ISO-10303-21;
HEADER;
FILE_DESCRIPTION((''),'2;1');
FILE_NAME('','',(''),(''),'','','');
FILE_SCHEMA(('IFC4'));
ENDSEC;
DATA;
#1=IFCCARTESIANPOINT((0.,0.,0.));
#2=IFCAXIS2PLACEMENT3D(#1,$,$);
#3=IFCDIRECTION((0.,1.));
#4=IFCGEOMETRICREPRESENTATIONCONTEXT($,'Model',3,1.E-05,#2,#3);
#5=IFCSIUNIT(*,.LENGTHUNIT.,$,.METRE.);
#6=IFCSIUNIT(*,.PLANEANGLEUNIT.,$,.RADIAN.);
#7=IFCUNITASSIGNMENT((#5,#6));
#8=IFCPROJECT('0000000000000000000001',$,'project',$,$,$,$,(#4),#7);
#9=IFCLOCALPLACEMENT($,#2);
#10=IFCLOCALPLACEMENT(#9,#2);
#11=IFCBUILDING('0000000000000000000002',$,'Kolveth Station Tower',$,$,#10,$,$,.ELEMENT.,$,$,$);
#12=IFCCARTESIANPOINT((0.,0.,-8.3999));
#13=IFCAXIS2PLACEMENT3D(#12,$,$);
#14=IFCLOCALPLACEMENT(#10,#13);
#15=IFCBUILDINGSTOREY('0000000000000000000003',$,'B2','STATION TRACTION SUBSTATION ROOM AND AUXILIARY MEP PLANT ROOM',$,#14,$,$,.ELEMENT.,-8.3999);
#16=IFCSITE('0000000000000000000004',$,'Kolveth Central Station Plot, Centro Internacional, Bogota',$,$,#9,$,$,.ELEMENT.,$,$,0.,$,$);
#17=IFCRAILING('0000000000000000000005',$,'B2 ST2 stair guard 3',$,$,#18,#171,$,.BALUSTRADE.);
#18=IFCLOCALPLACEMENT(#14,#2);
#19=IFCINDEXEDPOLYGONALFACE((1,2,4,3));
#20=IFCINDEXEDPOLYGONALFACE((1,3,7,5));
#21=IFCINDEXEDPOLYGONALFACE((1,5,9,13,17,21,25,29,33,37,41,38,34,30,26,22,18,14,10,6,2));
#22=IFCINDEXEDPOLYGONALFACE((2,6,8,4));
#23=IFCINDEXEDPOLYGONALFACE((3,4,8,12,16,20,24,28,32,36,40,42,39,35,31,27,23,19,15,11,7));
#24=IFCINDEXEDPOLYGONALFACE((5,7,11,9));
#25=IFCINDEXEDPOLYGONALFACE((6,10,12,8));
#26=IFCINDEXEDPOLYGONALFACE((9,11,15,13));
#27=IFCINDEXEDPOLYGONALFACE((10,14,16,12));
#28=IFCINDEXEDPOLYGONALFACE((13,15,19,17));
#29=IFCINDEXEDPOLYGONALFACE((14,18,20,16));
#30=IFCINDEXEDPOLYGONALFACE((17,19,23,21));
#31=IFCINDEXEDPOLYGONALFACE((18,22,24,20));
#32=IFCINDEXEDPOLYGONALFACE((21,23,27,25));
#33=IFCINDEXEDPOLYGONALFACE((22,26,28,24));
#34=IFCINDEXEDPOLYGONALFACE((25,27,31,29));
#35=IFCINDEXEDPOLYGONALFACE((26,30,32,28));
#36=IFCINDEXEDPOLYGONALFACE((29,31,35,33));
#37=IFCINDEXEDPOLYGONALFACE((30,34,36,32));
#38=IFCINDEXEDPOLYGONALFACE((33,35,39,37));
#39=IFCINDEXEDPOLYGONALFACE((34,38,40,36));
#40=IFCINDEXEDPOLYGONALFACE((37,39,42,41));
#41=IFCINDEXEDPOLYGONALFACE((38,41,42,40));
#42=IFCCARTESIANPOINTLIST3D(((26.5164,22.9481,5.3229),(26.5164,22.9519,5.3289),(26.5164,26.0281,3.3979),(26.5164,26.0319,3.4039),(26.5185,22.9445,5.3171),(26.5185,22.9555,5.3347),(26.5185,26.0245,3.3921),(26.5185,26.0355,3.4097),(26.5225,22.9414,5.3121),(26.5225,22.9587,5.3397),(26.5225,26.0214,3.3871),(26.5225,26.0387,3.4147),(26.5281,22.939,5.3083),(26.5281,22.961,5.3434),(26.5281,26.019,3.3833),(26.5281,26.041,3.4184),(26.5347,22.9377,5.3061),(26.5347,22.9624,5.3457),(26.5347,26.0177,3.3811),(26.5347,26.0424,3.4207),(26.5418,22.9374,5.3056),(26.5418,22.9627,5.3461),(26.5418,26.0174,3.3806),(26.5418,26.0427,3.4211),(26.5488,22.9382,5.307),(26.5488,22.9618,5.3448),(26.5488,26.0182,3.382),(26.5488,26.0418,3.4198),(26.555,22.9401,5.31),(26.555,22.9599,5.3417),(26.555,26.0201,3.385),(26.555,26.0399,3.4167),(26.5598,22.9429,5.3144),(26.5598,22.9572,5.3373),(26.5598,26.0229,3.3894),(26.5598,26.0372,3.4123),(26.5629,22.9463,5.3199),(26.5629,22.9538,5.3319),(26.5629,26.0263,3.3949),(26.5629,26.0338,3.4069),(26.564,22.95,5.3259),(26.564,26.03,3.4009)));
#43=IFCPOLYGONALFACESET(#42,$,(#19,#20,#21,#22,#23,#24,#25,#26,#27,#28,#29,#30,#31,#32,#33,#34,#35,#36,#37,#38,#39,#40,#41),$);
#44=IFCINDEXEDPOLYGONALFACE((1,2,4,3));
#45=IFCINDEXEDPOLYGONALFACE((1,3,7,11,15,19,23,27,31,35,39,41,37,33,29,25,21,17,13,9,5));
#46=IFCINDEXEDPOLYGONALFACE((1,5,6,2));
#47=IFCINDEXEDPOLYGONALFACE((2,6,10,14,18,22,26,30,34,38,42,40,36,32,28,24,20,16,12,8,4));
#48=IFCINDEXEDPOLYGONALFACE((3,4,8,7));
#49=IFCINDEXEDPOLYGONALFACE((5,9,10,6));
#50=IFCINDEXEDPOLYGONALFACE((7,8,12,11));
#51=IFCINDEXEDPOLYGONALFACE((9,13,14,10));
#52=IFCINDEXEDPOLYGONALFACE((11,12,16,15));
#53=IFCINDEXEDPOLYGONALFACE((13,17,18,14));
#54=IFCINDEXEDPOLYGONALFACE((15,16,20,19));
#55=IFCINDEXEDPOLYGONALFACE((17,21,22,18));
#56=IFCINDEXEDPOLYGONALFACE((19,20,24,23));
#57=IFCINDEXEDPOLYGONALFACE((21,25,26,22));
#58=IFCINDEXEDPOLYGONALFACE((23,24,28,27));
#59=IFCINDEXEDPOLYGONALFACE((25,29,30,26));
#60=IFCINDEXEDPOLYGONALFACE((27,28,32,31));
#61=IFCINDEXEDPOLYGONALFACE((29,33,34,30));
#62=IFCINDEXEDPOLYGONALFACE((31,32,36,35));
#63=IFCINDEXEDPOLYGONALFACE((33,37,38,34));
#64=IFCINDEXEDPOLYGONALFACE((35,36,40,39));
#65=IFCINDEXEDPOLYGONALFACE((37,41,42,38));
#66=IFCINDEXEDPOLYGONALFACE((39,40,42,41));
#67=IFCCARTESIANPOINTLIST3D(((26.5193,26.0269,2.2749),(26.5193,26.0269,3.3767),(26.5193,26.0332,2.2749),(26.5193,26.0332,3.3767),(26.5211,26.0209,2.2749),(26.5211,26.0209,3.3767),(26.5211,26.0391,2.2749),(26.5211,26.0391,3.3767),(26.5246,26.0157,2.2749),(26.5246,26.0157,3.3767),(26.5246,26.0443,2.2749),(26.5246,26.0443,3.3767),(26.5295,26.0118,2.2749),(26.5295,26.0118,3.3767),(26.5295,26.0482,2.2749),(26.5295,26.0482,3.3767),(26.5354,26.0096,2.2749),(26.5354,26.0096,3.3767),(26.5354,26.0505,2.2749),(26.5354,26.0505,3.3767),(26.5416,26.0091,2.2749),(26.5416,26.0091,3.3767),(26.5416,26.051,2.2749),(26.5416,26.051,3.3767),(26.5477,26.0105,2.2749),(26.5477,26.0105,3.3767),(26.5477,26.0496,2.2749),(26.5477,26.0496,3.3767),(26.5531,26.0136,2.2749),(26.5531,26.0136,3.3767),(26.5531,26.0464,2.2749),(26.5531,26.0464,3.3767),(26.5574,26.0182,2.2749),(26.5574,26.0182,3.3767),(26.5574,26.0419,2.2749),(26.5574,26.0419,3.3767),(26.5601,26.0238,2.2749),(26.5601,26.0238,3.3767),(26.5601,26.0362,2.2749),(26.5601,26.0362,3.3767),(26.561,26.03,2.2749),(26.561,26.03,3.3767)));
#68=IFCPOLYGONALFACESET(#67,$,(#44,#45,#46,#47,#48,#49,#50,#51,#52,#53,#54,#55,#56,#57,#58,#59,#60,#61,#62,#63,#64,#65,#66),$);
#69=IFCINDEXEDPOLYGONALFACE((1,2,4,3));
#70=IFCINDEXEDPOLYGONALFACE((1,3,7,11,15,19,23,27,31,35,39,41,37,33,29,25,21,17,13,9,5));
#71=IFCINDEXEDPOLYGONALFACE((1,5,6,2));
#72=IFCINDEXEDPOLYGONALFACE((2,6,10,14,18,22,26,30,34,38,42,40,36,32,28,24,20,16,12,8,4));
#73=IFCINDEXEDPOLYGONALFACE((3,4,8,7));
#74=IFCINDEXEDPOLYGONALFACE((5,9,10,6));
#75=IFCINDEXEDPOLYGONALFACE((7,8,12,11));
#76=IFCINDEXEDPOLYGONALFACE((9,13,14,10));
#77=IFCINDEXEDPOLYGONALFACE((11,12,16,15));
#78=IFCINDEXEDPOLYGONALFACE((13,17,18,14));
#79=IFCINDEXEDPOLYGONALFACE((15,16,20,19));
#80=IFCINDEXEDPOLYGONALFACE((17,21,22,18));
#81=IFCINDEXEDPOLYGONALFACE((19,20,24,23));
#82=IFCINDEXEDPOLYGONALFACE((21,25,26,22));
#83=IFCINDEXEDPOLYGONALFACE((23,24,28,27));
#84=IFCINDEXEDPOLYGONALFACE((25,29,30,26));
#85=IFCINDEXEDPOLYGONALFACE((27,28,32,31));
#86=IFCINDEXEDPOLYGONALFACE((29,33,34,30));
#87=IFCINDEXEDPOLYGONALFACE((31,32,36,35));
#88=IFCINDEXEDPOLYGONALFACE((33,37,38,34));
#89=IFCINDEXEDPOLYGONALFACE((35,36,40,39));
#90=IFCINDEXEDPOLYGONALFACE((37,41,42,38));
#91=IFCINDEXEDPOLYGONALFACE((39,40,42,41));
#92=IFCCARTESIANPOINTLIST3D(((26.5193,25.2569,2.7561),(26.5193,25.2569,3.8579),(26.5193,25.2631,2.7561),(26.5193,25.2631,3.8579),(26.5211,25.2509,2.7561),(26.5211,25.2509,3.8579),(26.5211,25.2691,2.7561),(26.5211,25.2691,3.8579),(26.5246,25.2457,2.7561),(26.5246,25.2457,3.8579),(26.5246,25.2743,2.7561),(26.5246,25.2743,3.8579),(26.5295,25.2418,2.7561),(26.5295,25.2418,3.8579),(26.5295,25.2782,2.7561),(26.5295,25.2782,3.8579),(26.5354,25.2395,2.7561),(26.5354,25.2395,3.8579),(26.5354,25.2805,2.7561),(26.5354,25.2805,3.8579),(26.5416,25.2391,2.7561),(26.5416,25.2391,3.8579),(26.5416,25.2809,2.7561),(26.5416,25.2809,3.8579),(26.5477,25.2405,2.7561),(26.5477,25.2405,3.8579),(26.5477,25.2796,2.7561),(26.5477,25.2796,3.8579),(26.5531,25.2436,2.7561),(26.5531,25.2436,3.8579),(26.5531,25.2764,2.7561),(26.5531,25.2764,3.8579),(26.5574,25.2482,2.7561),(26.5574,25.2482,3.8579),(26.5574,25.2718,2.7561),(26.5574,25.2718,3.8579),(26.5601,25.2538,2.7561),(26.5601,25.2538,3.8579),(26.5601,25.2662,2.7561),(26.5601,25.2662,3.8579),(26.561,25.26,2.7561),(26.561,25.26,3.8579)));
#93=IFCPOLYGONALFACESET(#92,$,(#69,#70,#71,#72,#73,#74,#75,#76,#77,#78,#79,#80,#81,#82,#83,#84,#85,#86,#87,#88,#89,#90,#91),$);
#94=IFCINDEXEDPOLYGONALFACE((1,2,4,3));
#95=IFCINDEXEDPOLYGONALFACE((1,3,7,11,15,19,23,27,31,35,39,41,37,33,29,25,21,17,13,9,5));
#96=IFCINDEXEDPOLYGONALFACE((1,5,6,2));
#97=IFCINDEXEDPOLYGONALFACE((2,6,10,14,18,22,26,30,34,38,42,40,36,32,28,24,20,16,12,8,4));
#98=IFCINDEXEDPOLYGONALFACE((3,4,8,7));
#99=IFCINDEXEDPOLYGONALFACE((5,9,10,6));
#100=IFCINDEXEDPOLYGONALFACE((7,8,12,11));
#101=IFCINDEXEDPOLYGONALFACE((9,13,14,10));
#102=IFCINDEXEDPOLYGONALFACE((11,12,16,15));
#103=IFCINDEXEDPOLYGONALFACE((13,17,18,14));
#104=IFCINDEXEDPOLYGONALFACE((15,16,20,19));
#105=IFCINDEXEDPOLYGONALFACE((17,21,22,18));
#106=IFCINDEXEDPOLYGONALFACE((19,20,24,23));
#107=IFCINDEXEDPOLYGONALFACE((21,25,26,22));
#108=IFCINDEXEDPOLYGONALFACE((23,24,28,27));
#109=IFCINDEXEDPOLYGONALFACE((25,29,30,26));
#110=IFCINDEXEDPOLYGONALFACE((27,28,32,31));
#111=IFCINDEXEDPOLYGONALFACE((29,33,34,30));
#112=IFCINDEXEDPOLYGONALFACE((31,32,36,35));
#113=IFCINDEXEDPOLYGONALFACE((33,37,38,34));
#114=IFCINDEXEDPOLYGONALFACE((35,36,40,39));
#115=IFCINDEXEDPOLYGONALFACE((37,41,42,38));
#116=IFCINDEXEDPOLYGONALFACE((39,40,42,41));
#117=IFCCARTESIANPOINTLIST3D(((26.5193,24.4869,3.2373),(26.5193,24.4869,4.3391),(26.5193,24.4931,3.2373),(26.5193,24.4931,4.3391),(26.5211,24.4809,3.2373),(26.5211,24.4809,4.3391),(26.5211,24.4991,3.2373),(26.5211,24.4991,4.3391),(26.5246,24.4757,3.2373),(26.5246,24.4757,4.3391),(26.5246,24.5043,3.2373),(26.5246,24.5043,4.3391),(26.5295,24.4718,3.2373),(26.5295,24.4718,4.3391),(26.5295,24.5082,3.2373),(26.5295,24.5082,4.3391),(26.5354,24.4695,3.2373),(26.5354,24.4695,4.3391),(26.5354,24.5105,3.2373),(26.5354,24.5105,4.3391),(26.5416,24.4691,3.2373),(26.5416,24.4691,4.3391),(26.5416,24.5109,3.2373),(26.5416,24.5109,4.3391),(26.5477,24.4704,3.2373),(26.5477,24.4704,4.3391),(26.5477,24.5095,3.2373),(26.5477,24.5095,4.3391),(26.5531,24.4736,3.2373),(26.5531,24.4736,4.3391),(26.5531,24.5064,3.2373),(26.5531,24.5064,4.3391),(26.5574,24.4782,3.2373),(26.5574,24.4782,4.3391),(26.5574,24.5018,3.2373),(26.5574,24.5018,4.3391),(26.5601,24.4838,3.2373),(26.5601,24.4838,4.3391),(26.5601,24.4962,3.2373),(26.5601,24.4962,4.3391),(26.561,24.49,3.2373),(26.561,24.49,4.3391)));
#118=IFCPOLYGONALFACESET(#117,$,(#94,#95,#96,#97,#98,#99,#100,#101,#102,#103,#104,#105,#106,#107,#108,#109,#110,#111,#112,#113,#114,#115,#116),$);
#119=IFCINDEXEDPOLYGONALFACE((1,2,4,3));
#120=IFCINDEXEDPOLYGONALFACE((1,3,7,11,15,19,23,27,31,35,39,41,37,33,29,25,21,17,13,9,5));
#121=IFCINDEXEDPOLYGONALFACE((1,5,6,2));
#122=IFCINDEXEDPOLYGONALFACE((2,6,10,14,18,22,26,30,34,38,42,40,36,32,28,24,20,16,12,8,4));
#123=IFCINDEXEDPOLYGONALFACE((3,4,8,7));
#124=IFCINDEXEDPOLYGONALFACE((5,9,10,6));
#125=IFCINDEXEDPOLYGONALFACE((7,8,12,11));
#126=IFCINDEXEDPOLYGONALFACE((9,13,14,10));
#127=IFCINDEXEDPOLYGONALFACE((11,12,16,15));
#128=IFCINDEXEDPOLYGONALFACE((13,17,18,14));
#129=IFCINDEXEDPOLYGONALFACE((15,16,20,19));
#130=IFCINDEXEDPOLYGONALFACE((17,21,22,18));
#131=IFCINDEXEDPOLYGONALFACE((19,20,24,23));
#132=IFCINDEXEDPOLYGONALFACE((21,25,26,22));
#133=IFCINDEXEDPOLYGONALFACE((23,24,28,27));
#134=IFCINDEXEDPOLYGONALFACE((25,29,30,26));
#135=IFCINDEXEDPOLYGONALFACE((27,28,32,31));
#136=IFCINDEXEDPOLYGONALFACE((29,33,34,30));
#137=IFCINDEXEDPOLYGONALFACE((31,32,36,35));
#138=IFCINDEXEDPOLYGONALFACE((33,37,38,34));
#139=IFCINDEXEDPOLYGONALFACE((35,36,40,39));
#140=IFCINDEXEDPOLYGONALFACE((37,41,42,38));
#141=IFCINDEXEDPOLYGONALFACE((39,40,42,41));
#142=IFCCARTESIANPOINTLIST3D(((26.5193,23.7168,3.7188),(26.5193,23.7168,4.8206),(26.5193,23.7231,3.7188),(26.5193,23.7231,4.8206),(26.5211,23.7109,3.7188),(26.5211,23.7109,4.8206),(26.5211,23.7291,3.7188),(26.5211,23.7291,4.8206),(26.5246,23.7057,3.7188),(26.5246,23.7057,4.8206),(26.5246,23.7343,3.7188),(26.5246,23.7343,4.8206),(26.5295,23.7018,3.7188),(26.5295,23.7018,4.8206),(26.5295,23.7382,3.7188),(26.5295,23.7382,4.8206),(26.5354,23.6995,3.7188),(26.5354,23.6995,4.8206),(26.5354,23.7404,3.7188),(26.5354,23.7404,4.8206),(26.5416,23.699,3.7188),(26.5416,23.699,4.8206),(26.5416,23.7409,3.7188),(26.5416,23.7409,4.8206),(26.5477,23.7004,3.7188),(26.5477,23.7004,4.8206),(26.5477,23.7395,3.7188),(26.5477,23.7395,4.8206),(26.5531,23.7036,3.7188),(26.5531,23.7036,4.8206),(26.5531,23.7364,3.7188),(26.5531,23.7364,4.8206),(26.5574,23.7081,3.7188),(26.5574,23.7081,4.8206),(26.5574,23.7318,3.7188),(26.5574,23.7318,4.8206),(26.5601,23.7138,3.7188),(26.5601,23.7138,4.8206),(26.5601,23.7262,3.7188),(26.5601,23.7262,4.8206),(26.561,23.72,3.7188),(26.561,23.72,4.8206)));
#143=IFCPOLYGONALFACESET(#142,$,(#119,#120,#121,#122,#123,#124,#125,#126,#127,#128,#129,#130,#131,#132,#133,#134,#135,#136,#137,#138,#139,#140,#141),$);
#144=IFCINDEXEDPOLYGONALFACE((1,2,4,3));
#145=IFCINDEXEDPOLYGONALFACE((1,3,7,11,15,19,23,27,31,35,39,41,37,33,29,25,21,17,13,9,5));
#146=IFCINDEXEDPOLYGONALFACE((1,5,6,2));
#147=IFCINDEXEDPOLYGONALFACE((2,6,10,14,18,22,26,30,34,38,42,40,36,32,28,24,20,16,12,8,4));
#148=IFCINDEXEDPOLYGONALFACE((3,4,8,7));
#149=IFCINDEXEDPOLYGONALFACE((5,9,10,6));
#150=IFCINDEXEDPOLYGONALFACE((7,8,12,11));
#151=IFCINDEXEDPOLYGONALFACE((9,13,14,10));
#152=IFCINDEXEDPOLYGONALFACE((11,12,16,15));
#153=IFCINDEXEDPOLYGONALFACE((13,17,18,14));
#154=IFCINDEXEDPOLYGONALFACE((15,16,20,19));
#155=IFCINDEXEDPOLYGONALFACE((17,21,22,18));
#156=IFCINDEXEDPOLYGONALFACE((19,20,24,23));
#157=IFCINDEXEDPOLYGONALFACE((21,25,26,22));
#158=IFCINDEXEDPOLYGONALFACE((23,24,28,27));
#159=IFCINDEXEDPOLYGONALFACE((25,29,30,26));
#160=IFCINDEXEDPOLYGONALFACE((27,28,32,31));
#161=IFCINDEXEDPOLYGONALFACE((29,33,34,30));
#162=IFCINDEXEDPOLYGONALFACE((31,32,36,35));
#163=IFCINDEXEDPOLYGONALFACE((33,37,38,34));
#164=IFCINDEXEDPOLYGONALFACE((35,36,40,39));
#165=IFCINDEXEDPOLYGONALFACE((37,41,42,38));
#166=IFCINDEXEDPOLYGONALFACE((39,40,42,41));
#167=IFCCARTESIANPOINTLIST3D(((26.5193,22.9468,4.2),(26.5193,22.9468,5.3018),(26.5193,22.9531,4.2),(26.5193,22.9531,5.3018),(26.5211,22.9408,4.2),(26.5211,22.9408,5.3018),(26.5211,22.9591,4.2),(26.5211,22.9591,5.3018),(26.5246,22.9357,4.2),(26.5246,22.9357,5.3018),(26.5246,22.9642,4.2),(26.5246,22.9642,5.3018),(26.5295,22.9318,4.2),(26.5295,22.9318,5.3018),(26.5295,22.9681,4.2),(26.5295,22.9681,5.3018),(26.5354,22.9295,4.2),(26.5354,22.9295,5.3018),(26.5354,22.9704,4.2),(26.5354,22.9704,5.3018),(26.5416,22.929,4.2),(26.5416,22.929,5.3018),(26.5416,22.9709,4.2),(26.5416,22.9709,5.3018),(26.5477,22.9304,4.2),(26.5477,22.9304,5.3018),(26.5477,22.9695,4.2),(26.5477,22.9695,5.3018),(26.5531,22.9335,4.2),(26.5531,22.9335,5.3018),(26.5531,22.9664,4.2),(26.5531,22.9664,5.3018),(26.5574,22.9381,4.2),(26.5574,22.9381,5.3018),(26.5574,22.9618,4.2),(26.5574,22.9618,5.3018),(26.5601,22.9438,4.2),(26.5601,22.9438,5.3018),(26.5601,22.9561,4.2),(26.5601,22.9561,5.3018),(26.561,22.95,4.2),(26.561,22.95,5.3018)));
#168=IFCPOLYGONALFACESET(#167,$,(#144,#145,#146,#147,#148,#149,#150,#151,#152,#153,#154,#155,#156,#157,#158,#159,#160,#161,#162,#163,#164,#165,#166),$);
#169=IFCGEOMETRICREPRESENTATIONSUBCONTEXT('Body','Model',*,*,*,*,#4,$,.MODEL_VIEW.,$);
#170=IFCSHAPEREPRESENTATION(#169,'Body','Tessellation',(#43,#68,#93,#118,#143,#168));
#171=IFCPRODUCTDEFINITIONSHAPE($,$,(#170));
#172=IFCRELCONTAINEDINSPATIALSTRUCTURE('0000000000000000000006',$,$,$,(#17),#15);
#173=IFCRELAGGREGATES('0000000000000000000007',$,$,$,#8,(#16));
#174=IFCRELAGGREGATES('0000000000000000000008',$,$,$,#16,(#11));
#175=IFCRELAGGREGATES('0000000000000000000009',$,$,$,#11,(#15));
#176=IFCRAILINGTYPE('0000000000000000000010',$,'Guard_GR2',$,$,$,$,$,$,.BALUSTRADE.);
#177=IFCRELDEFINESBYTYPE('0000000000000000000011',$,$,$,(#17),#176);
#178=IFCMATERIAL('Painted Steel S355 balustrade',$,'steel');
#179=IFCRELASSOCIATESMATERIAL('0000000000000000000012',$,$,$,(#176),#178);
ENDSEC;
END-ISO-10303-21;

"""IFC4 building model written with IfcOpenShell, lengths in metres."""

from ifc_helpers import new_model, si_unit, direction, frame, origin, origin_2d, place, context, subcontext, project, spatial, circle, extrude, material, type_object, element, save


model = new_model("IFC4")

# Units and contexts
model_context = context("Model", 3, precision=1e-05, world=origin(), true_north=direction((0.0, 1.0)))
body_context = subcontext(model_context, "Body", "Model", "MODEL_VIEW")
ifc_project = project(units=[si_unit("LENGTHUNIT", "METRE"), si_unit("PLANEANGLEUNIT", "RADIAN")], contexts=[model_context])

# Site, building, storey
site_placement = place(None, origin())
site = spatial("IfcSite", under=ifc_project, at=site_placement, Name="Kolveth Central Station Plot, Centro Internacional, Bogota", CompositionType="ELEMENT", RefElevation=0.0)
building_placement = place(site_placement, origin())
building = spatial("IfcBuilding", under=site, at=building_placement, Name="Kolveth Station Tower", CompositionType="ELEMENT")
storey_placement = place(building_placement, frame((0.0, 0.0, -8.3999)))
storey = spatial("IfcBuildingStorey", under=building, at=storey_placement, Name="B2", Description="STATION TRACTION SUBSTATION ROOM AND AUXILIARY MEP PLANT ROOM", CompositionType="ELEMENT", Elevation=-8.3999)

# Railing
ifc_material_1 = material(Name="Painted Steel S355 balustrade", Category="steel")
railing_type_1 = type_object("IfcRailingType", Name="Guard_GR2", PredefinedType="BALUSTRADE", material=ifc_material_1)
railing_1_placement = place(storey_placement, frame((26.54, 26.03, 2.2749)))
element("IfcRailing", 1, at=railing_1_placement, inside=storey, type_object=railing_type_1, Name="B2 ST2 stair guard 3", PredefinedType="BALUSTRADE", context=body_context, shape_type="SweptSolid", body=[
    extrude(circle(Radius=0.0239, at=origin_2d()), frame((0.0, 0.0, 1.126), z_axis=(0.0, -0.847998, 0.529999), x_axis=(1.0, 0.0, 0.0)), (0.0, 0.0, 1.0), 3.6321),
    extrude(circle(Radius=0.021, at=origin_2d()), origin(), (0.0, 0.0, 1.0), 1.1018),
    extrude(circle(Radius=0.021, at=origin_2d()), frame((0.0, -0.77, 0.4812)), (0.0, 0.0, 1.0), 1.1018),
    extrude(circle(Radius=0.021, at=origin_2d()), frame((0.0, -1.54, 0.9624)), (0.0, 0.0, 1.0), 1.1018),
    extrude(circle(Radius=0.021, at=origin_2d()), frame((0.0, -2.3101, 1.4438)), (0.0, 0.0, 1.0), 1.1018),
    extrude(circle(Radius=0.021, at=origin_2d()), frame((0.0, -3.0801, 1.925)), (0.0, 0.0, 1.0), 1.1018),
])

save(model, "model.ifc")
